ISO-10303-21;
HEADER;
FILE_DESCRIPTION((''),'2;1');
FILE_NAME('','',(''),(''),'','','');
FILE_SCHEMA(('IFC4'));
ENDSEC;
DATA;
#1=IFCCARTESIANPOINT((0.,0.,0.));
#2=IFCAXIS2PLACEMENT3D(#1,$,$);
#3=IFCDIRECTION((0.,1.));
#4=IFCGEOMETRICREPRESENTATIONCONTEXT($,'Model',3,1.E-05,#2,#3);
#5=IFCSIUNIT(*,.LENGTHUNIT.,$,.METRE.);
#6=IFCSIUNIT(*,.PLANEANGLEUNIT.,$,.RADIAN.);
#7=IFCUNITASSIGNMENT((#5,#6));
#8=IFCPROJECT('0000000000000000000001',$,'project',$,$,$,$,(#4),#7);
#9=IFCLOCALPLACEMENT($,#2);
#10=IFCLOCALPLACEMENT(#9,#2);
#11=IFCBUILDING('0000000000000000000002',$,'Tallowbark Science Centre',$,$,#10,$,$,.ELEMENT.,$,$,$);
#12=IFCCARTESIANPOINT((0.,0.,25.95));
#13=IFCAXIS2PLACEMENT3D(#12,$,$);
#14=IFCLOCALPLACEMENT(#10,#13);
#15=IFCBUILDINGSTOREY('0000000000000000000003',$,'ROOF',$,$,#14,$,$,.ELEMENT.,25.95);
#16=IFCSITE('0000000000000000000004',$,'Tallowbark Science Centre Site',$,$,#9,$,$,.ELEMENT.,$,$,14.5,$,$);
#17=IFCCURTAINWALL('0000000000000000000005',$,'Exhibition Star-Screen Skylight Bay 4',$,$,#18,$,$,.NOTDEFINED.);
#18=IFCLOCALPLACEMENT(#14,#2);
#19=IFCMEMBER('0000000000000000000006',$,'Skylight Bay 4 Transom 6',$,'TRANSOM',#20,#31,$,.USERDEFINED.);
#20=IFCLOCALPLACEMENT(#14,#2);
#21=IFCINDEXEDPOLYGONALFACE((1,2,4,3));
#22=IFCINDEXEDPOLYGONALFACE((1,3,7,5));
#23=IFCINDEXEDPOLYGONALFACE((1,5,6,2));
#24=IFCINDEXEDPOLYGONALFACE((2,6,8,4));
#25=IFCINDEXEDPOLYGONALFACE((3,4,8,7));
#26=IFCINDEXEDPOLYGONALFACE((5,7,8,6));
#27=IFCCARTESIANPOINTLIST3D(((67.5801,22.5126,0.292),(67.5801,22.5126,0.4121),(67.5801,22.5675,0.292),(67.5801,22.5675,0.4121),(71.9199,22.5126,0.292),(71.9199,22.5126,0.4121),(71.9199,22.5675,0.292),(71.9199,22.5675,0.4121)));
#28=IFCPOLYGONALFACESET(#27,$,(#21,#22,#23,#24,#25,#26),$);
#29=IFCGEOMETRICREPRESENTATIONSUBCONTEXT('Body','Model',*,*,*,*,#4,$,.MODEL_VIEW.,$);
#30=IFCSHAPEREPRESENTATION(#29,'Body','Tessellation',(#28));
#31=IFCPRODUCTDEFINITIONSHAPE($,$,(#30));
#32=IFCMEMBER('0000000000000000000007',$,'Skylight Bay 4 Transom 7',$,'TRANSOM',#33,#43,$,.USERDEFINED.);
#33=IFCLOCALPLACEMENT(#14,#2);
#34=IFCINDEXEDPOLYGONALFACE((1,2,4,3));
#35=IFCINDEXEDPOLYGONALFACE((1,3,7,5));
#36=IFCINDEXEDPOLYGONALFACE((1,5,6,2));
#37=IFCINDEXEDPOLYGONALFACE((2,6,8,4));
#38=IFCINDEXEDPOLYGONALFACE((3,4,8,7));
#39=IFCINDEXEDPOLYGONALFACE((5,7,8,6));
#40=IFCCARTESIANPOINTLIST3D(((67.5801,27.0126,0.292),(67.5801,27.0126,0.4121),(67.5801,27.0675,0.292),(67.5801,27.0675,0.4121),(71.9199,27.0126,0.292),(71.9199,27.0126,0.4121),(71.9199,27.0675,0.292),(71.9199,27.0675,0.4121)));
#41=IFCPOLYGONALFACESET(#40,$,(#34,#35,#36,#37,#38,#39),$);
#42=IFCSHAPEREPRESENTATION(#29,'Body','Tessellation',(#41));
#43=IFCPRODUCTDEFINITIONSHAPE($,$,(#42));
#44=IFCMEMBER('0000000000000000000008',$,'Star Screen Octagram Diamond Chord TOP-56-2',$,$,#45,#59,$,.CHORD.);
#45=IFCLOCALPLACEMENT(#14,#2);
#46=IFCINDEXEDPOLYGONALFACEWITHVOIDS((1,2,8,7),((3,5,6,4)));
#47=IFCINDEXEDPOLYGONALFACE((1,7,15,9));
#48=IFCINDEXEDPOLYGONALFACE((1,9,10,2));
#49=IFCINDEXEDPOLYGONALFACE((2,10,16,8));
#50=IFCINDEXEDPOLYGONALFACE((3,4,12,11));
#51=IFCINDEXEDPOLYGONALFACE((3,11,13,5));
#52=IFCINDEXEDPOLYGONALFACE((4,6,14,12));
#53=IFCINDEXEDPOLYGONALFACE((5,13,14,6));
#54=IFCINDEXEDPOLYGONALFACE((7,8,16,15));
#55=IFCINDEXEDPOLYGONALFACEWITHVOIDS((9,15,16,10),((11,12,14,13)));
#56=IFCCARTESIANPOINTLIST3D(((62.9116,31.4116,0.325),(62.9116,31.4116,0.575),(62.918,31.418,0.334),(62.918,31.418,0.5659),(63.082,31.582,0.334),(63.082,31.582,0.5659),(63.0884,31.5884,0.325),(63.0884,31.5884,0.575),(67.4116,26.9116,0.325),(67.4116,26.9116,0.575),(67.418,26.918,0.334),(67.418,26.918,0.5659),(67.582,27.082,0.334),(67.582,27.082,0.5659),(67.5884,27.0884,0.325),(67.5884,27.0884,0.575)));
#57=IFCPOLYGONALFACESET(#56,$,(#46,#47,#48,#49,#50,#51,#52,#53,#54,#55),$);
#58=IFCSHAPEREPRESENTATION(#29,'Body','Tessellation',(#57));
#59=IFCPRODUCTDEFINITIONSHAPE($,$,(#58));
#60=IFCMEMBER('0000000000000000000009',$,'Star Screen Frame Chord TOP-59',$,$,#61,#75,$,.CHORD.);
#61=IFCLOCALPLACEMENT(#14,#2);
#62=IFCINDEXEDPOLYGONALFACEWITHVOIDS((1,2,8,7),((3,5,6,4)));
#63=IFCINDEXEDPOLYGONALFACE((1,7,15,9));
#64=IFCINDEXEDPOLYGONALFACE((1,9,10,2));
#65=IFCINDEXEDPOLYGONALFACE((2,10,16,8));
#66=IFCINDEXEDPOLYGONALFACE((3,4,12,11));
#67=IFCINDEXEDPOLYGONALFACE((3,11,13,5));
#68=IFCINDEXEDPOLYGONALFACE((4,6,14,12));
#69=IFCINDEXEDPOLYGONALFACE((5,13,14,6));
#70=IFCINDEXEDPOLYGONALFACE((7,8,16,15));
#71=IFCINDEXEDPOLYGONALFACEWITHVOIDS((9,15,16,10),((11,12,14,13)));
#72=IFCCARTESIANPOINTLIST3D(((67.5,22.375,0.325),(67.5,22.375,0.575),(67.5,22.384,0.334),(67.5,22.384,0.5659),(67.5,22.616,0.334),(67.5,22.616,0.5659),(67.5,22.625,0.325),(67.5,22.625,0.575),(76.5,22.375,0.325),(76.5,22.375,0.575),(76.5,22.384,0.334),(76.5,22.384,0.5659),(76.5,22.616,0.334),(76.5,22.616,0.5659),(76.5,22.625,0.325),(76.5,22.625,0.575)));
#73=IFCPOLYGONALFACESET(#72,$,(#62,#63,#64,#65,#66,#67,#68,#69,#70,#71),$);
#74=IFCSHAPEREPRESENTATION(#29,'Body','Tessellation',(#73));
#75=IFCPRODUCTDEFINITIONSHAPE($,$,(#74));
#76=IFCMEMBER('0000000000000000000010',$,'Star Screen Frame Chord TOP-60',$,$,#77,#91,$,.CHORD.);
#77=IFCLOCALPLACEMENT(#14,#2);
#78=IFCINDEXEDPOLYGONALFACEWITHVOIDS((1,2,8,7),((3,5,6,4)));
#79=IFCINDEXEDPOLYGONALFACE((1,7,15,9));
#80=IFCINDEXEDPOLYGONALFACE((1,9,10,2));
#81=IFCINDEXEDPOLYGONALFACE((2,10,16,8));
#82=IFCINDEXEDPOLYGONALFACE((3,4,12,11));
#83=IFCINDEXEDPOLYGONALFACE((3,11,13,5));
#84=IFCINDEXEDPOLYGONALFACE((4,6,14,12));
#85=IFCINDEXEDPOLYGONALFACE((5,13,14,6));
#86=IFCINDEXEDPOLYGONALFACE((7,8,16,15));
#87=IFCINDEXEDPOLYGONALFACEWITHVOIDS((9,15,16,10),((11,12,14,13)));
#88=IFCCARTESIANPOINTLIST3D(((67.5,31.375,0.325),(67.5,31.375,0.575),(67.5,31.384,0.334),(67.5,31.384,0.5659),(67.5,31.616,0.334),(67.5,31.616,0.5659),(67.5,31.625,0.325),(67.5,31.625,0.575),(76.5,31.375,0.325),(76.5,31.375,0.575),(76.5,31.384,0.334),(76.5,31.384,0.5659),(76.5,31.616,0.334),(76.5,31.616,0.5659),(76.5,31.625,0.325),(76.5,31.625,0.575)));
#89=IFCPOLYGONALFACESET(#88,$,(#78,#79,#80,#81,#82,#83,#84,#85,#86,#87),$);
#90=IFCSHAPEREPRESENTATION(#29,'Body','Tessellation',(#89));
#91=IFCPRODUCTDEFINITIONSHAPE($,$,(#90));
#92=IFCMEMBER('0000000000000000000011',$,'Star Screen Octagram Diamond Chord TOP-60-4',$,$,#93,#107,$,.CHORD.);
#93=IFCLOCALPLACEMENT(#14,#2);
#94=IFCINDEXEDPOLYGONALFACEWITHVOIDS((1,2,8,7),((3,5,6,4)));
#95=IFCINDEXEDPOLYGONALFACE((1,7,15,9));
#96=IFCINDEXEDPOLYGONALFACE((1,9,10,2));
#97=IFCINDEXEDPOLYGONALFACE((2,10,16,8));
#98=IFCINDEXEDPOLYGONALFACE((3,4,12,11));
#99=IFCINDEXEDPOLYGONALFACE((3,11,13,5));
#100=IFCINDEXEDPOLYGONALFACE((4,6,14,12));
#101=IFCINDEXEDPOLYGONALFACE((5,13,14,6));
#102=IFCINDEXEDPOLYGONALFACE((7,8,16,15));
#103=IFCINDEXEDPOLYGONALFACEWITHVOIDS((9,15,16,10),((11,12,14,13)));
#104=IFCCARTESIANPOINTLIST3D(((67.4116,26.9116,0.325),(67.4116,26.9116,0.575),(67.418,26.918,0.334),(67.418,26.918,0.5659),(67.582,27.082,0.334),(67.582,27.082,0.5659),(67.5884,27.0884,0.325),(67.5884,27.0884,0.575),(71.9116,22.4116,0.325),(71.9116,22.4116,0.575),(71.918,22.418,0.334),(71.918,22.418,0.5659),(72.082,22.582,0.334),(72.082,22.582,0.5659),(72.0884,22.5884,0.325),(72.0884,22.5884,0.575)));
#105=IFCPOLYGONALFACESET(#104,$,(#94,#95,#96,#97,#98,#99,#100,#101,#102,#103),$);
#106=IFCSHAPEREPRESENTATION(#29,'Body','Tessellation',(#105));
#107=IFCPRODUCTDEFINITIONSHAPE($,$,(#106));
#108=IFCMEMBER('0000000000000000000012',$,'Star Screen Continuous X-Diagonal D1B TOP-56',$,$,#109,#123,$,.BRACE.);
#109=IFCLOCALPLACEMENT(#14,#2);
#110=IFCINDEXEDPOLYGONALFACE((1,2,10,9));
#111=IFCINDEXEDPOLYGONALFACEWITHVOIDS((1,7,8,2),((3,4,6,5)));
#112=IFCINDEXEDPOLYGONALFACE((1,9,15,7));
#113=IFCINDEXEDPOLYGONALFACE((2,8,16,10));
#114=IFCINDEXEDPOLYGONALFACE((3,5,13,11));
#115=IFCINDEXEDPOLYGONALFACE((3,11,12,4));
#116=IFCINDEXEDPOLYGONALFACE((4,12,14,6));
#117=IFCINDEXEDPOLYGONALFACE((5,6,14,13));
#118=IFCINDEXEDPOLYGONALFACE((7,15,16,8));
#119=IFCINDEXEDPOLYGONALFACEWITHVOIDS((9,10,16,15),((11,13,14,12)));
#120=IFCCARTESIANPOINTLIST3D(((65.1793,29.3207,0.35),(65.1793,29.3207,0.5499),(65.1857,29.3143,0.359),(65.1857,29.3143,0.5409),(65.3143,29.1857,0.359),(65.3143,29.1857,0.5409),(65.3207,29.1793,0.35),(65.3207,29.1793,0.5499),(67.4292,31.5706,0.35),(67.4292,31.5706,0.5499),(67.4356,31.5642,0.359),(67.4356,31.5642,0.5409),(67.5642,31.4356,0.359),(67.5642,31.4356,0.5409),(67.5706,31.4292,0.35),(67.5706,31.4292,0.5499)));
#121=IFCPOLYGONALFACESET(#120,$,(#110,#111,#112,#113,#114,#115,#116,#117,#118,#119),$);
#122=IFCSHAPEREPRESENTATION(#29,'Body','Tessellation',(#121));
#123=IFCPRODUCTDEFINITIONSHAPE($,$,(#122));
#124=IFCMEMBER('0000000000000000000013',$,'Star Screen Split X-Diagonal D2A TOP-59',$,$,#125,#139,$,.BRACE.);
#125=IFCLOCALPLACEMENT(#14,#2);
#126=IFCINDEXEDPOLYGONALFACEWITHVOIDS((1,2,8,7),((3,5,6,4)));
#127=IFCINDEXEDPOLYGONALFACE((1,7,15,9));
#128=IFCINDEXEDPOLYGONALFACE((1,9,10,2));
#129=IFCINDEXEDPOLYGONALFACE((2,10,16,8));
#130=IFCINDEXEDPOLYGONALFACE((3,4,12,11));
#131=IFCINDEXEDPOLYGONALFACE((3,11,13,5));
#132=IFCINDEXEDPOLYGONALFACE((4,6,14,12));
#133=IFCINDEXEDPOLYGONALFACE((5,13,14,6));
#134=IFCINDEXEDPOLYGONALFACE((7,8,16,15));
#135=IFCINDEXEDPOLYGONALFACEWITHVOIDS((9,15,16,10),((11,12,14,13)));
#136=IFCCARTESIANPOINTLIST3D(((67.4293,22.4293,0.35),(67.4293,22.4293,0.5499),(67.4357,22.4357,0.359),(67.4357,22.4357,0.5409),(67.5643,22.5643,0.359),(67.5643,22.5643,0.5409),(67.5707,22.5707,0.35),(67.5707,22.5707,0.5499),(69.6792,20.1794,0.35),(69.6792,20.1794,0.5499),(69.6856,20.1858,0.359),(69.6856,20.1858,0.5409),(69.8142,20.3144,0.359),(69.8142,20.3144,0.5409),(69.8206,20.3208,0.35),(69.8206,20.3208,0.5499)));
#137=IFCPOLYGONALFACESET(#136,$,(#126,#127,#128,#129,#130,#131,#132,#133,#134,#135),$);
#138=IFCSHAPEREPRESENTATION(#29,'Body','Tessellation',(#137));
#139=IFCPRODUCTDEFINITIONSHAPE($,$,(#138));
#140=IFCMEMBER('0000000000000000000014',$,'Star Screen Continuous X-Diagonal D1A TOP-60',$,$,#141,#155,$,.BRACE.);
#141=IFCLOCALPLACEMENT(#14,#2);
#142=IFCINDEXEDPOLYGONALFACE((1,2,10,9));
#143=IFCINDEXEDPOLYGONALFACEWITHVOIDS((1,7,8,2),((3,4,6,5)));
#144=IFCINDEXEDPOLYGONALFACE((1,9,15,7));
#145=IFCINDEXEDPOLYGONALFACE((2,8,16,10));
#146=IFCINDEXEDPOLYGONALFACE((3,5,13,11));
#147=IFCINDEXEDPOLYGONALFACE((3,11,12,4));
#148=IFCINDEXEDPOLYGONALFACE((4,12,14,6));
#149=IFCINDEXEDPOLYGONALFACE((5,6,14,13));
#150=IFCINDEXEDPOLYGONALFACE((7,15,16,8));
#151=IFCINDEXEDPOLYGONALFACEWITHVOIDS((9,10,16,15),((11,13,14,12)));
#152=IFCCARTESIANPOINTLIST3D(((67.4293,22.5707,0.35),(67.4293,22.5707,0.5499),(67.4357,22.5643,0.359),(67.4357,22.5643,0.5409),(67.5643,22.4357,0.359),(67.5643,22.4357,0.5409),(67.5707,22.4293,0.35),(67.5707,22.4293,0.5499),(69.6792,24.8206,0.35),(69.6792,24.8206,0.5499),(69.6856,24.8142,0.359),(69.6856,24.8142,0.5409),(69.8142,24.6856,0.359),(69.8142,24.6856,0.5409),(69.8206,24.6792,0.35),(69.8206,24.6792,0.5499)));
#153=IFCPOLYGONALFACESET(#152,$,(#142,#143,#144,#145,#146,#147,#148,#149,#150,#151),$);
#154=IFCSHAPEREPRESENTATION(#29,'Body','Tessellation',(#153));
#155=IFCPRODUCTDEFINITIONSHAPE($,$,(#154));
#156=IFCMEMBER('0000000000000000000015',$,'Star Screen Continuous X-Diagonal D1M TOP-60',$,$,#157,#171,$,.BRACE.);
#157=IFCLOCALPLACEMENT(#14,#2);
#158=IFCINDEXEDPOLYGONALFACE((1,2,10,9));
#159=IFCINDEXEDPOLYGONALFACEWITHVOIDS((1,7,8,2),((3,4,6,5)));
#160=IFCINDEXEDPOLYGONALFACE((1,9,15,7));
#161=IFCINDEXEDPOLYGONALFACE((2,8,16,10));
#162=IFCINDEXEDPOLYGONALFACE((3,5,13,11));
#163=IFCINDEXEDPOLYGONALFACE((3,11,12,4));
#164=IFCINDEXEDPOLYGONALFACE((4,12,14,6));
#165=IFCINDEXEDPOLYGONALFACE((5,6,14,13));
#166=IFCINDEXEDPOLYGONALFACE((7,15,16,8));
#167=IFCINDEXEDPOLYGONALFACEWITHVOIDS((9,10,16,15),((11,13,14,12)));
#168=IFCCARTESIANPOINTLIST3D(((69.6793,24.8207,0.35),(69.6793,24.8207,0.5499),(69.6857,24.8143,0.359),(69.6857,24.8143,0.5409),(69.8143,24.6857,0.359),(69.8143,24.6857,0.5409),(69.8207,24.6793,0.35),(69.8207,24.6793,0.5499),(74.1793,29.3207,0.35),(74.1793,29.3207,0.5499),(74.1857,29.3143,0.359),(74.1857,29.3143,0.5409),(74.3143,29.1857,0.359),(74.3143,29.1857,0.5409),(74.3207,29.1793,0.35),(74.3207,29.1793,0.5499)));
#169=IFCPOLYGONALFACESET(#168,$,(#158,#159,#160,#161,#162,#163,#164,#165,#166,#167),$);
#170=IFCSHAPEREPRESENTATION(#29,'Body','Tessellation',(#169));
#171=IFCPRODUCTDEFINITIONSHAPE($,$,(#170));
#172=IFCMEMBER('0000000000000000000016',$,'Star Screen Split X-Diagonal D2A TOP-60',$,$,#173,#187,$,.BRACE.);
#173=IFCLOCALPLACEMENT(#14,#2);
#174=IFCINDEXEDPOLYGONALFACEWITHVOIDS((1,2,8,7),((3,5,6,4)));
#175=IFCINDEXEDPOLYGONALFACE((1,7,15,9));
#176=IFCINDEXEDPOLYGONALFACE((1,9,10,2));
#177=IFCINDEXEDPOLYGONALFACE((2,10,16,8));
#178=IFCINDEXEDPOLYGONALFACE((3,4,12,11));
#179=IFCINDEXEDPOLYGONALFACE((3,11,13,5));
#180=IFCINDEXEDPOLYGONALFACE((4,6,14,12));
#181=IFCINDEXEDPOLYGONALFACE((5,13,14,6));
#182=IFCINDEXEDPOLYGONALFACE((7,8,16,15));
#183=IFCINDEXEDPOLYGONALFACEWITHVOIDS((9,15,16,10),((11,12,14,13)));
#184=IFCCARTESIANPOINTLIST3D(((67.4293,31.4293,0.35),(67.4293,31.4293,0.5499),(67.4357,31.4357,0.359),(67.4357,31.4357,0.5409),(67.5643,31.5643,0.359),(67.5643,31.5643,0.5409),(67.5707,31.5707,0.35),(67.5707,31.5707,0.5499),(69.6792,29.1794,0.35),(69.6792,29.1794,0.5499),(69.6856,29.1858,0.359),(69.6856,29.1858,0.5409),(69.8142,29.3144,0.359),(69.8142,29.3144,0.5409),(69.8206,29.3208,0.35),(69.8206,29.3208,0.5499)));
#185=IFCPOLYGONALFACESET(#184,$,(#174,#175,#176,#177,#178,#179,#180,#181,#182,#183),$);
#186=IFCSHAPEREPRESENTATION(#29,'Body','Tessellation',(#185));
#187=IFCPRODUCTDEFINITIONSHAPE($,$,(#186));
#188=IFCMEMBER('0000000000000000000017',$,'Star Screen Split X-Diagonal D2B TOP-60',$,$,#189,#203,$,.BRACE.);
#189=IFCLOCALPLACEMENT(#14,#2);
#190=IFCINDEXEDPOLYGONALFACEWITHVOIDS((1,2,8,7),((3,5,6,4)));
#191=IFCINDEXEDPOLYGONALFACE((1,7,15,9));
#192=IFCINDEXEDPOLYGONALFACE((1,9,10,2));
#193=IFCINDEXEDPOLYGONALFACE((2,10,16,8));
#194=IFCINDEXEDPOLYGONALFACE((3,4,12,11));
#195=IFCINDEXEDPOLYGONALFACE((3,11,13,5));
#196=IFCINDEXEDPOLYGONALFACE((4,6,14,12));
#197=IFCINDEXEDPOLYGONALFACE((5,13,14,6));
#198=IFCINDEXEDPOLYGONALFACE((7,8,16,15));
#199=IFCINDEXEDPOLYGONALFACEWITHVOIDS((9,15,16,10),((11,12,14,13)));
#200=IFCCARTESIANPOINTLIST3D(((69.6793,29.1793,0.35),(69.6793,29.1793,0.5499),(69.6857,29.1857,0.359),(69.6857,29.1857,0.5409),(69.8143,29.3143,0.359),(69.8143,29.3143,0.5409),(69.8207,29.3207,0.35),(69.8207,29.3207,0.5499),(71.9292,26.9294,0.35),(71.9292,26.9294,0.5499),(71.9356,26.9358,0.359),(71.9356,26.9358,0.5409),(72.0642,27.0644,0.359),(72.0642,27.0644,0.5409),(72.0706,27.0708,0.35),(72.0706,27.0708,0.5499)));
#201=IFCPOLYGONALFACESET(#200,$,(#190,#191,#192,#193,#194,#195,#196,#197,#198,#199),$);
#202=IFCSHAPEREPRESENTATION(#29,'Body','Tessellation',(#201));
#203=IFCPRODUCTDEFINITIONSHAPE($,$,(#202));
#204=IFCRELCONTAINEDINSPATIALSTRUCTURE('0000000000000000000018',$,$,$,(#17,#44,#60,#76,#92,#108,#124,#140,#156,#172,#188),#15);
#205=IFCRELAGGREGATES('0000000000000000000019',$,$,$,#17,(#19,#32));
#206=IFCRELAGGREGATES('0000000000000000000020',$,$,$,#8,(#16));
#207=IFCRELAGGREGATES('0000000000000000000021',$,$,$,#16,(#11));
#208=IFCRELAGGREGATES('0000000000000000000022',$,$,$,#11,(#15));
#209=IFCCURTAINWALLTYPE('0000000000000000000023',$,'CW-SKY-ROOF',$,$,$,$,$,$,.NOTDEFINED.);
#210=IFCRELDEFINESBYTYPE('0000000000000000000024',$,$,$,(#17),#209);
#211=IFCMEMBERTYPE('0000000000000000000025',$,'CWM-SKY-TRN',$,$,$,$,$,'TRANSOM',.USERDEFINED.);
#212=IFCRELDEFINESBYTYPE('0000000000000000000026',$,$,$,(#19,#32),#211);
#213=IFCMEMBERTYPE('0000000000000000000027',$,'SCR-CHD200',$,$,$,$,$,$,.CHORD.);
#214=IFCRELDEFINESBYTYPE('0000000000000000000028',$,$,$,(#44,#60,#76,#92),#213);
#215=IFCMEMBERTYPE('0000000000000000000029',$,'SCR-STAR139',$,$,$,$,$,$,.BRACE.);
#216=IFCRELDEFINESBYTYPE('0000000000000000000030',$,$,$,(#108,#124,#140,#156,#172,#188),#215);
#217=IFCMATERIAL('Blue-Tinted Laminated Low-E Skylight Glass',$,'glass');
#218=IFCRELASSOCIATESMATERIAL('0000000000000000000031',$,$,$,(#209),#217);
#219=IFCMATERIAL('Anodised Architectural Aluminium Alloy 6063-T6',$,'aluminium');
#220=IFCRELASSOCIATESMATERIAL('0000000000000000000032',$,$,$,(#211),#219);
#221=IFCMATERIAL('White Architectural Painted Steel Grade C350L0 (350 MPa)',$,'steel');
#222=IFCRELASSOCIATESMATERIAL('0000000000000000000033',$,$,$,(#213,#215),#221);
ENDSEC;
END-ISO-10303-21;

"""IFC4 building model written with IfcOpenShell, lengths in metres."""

from ifc_helpers import new_model, si_unit, direction, frame, origin, origin_2d, place, context, subcontext, project, spatial, rectangle, hollow_rectangle, extrude, material, material_profile, profile_set, type_object, element, aggregate, save


model = new_model("IFC4")

# Units and contexts
model_context = context("Model", 3, precision=1e-05, world=origin(), true_north=direction((0.0, 1.0)))
body_context = subcontext(model_context, "Body", "Model", "MODEL_VIEW")
ifc_project = project(units=[si_unit("LENGTHUNIT", "METRE"), si_unit("PLANEANGLEUNIT", "RADIAN")], contexts=[model_context])

# Site, building, storey
site_placement = place(None, origin())
site = spatial("IfcSite", under=ifc_project, at=site_placement, Name="Tallowbark Science Centre Site", CompositionType="ELEMENT", RefElevation=14.5)
building_placement = place(site_placement, origin())
building = spatial("IfcBuilding", under=site, at=building_placement, Name="Tallowbark Science Centre", CompositionType="ELEMENT")
storey_placement = place(building_placement, frame((0.0, 0.0, 25.95)))
storey = spatial("IfcBuildingStorey", under=building, at=storey_placement, Name="ROOF", CompositionType="ELEMENT", Elevation=25.95)

# Curtain wall, members
ifc_material_1 = material(Name="Blue-Tinted Laminated Low-E Skylight Glass", Category="glass")
curtain_wall_type = type_object("IfcCurtainWallType", Name="CW-SKY-ROOF", PredefinedType="NOTDEFINED", material=ifc_material_1)
curtain_wall_1_placement = place(storey_placement, origin())
curtain_wall_1 = element("IfcCurtainWall", 1, at=curtain_wall_1_placement, inside=storey, type_object=curtain_wall_type, Name="Exhibition Star-Screen Skylight Bay 4", PredefinedType="NOTDEFINED")
ifc_material_2 = material(Name="Anodised Architectural Aluminium Alloy 6063-T6", Category="aluminium")
ifc_material_profile_1 = material_profile(ifc_material_2, rectangle(XDim=0.0549, YDim=0.1201, at=origin_2d()), Name="ALU55x120")
ifc_profile_set_1 = profile_set([ifc_material_profile_1], Name="Anodised Architectural Aluminium Alloy 6063-T6")
member_type_1 = type_object("IfcMemberType", Name="CWM-SKY-TRN", ElementType="TRANSOM", PredefinedType="USERDEFINED", material=ifc_profile_set_1)
member_1_placement = place(storey_placement, frame((67.5801, 22.54, 0.3521), z_axis=(1.0, 0.0, 0.0), x_axis=(0.0, 1.0, 0.0)))
member_1 = element("IfcMember", 2, at=member_1_placement, type_object=member_type_1, Name="Skylight Bay 4 Transom 6", ObjectType="TRANSOM", PredefinedType="USERDEFINED", context=body_context, shape_type="SweptSolid", body=[
    extrude(rectangle(XDim=0.0549, YDim=0.1201, at=origin_2d()), origin(), (0.0, 0.0, 1.0), 4.3398),
])
member_2_placement = place(storey_placement, frame((67.5801, 27.04, 0.3521), z_axis=(1.0, 0.0, 0.0), x_axis=(0.0, 1.0, 0.0)))
member_2 = element("IfcMember", 3, at=member_2_placement, type_object=member_type_1, Name="Skylight Bay 4 Transom 7", ObjectType="TRANSOM", PredefinedType="USERDEFINED", context=body_context, shape_type="SweptSolid", body=[
    extrude(rectangle(XDim=0.0549, YDim=0.1201, at=origin_2d()), origin(), (0.0, 0.0, 1.0), 4.3398),
])

# Members
ifc_material_3 = material(Name="White Architectural Painted Steel Grade C350L0 (350 MPa)", Category="steel")
ifc_material_profile_2 = material_profile(ifc_material_3, hollow_rectangle(XDim=0.25, YDim=0.25, WallThickness=0.009, at=origin_2d()), Name="250x250x9.0SHS")
ifc_profile_set_2 = profile_set([ifc_material_profile_2], Name="White Architectural Painted Steel Grade C350L0 (350 MPa)")
member_type_2 = type_object("IfcMemberType", Name="SCR-CHD200", PredefinedType="CHORD", material=ifc_profile_set_2)
member_3_placement = place(storey_placement, frame((67.5, 27.0, 0.45), z_axis=(-0.707107, 0.707107, 0.0), x_axis=(-0.707107, -0.707107, 0.0)))
element("IfcMember", 4, at=member_3_placement, inside=storey, type_object=member_type_2, Name="Star Screen Octagram Diamond Chord TOP-56-2", PredefinedType="CHORD", context=body_context, shape_type="SweptSolid", body=[
    extrude(hollow_rectangle(XDim=0.25, YDim=0.25, WallThickness=0.009, at=origin_2d()), origin(), (0.0, 0.0, 1.0), 6.364),
])
for number, where, z_axis, x_axis, name in (
    (5, (67.5, 22.5, 0.45), (1.0, 0.0, 0.0), (0.0, 1.0, 0.0), "Star Screen Frame Chord TOP-59"),
    (6, (67.5, 31.5, 0.45), (1.0, 0.0, 0.0), (0.0, 1.0, 0.0), "Star Screen Frame Chord TOP-60"),
):
    element("IfcMember", number, at=place(storey_placement, frame(where, z_axis=z_axis, x_axis=x_axis)), inside=storey, type_object=member_type_2, Name=name, PredefinedType="CHORD", context=body_context, shape_type="SweptSolid", body=[
        extrude(hollow_rectangle(XDim=0.25, YDim=0.25, WallThickness=0.009, at=origin_2d()), origin(), (0.0, 0.0, 1.0), 9.0),
    ])
member_4_placement = place(storey_placement, frame((67.5, 27.0, 0.45), z_axis=(0.707107, -0.707107, 0.0), x_axis=(0.707107, 0.707107, 0.0)))
element("IfcMember", 7, at=member_4_placement, inside=storey, type_object=member_type_2, Name="Star Screen Octagram Diamond Chord TOP-60-4", PredefinedType="CHORD", context=body_context, shape_type="SweptSolid", body=[
    extrude(hollow_rectangle(XDim=0.25, YDim=0.25, WallThickness=0.009, at=origin_2d()), origin(), (0.0, 0.0, 1.0), 6.364),
])
ifc_material_profile_3 = material_profile(ifc_material_3, hollow_rectangle(XDim=0.2, YDim=0.2, WallThickness=0.009, at=origin_2d()), Name="200x200x9.0SHS")
ifc_profile_set_3 = profile_set([ifc_material_profile_3], Name="White Architectural Painted Steel Grade C350L0 (350 MPa)")
member_type_3 = type_object("IfcMemberType", Name="SCR-STAR139", PredefinedType="BRACE", material=ifc_profile_set_3)
for number, where, z_axis, x_axis, name in (
    (8, (65.25, 29.25, 0.45), (0.707107, 0.707107, 0.0), (-0.707107, 0.707107, 0.0), "Star Screen Continuous X-Diagonal D1B TOP-56"),
    (9, (67.5, 22.5, 0.45), (0.707107, -0.707107, 0.0), (0.707107, 0.707107, 0.0), "Star Screen Split X-Diagonal D2A TOP-59"),
    (10, (67.5, 22.5, 0.45), (0.707107, 0.707107, 0.0), (-0.707107, 0.707107, 0.0), "Star Screen Continuous X-Diagonal D1A TOP-60"),
):
    element("IfcMember", number, at=place(storey_placement, frame(where, z_axis=z_axis, x_axis=x_axis)), inside=storey, type_object=member_type_3, Name=name, PredefinedType="BRACE", context=body_context, shape_type="SweptSolid", body=[
        extrude(hollow_rectangle(XDim=0.2, YDim=0.2, WallThickness=0.009, at=origin_2d()), origin(), (0.0, 0.0, 1.0), 3.1819),
    ])
member_5_placement = place(storey_placement, frame((69.75, 24.75, 0.45), z_axis=(0.707107, 0.707107, 0.0), x_axis=(-0.707107, 0.707107, 0.0)))
element("IfcMember", 11, at=member_5_placement, inside=storey, type_object=member_type_3, Name="Star Screen Continuous X-Diagonal D1M TOP-60", PredefinedType="BRACE", context=body_context, shape_type="SweptSolid", body=[
    extrude(hollow_rectangle(XDim=0.2, YDim=0.2, WallThickness=0.009, at=origin_2d()), origin(), (0.0, 0.0, 1.0), 6.364),
])
for number, where, z_axis, x_axis, name in (
    (12, (67.5, 31.5, 0.45), (0.707107, -0.707107, 0.0), (0.707107, 0.707107, 0.0), "Star Screen Split X-Diagonal D2A TOP-60"),
    (13, (69.75, 29.25, 0.45), (0.707107, -0.707107, 0.0), (0.707107, 0.707107, 0.0), "Star Screen Split X-Diagonal D2B TOP-60"),
):
    element("IfcMember", number, at=place(storey_placement, frame(where, z_axis=z_axis, x_axis=x_axis)), inside=storey, type_object=member_type_3, Name=name, PredefinedType="BRACE", context=body_context, shape_type="SweptSolid", body=[
        extrude(hollow_rectangle(XDim=0.2, YDim=0.2, WallThickness=0.009, at=origin_2d()), origin(), (0.0, 0.0, 1.0), 3.1819),
    ])

aggregate(curtain_wall_1, [member_1, member_2])

save(model, "model.ifc")
